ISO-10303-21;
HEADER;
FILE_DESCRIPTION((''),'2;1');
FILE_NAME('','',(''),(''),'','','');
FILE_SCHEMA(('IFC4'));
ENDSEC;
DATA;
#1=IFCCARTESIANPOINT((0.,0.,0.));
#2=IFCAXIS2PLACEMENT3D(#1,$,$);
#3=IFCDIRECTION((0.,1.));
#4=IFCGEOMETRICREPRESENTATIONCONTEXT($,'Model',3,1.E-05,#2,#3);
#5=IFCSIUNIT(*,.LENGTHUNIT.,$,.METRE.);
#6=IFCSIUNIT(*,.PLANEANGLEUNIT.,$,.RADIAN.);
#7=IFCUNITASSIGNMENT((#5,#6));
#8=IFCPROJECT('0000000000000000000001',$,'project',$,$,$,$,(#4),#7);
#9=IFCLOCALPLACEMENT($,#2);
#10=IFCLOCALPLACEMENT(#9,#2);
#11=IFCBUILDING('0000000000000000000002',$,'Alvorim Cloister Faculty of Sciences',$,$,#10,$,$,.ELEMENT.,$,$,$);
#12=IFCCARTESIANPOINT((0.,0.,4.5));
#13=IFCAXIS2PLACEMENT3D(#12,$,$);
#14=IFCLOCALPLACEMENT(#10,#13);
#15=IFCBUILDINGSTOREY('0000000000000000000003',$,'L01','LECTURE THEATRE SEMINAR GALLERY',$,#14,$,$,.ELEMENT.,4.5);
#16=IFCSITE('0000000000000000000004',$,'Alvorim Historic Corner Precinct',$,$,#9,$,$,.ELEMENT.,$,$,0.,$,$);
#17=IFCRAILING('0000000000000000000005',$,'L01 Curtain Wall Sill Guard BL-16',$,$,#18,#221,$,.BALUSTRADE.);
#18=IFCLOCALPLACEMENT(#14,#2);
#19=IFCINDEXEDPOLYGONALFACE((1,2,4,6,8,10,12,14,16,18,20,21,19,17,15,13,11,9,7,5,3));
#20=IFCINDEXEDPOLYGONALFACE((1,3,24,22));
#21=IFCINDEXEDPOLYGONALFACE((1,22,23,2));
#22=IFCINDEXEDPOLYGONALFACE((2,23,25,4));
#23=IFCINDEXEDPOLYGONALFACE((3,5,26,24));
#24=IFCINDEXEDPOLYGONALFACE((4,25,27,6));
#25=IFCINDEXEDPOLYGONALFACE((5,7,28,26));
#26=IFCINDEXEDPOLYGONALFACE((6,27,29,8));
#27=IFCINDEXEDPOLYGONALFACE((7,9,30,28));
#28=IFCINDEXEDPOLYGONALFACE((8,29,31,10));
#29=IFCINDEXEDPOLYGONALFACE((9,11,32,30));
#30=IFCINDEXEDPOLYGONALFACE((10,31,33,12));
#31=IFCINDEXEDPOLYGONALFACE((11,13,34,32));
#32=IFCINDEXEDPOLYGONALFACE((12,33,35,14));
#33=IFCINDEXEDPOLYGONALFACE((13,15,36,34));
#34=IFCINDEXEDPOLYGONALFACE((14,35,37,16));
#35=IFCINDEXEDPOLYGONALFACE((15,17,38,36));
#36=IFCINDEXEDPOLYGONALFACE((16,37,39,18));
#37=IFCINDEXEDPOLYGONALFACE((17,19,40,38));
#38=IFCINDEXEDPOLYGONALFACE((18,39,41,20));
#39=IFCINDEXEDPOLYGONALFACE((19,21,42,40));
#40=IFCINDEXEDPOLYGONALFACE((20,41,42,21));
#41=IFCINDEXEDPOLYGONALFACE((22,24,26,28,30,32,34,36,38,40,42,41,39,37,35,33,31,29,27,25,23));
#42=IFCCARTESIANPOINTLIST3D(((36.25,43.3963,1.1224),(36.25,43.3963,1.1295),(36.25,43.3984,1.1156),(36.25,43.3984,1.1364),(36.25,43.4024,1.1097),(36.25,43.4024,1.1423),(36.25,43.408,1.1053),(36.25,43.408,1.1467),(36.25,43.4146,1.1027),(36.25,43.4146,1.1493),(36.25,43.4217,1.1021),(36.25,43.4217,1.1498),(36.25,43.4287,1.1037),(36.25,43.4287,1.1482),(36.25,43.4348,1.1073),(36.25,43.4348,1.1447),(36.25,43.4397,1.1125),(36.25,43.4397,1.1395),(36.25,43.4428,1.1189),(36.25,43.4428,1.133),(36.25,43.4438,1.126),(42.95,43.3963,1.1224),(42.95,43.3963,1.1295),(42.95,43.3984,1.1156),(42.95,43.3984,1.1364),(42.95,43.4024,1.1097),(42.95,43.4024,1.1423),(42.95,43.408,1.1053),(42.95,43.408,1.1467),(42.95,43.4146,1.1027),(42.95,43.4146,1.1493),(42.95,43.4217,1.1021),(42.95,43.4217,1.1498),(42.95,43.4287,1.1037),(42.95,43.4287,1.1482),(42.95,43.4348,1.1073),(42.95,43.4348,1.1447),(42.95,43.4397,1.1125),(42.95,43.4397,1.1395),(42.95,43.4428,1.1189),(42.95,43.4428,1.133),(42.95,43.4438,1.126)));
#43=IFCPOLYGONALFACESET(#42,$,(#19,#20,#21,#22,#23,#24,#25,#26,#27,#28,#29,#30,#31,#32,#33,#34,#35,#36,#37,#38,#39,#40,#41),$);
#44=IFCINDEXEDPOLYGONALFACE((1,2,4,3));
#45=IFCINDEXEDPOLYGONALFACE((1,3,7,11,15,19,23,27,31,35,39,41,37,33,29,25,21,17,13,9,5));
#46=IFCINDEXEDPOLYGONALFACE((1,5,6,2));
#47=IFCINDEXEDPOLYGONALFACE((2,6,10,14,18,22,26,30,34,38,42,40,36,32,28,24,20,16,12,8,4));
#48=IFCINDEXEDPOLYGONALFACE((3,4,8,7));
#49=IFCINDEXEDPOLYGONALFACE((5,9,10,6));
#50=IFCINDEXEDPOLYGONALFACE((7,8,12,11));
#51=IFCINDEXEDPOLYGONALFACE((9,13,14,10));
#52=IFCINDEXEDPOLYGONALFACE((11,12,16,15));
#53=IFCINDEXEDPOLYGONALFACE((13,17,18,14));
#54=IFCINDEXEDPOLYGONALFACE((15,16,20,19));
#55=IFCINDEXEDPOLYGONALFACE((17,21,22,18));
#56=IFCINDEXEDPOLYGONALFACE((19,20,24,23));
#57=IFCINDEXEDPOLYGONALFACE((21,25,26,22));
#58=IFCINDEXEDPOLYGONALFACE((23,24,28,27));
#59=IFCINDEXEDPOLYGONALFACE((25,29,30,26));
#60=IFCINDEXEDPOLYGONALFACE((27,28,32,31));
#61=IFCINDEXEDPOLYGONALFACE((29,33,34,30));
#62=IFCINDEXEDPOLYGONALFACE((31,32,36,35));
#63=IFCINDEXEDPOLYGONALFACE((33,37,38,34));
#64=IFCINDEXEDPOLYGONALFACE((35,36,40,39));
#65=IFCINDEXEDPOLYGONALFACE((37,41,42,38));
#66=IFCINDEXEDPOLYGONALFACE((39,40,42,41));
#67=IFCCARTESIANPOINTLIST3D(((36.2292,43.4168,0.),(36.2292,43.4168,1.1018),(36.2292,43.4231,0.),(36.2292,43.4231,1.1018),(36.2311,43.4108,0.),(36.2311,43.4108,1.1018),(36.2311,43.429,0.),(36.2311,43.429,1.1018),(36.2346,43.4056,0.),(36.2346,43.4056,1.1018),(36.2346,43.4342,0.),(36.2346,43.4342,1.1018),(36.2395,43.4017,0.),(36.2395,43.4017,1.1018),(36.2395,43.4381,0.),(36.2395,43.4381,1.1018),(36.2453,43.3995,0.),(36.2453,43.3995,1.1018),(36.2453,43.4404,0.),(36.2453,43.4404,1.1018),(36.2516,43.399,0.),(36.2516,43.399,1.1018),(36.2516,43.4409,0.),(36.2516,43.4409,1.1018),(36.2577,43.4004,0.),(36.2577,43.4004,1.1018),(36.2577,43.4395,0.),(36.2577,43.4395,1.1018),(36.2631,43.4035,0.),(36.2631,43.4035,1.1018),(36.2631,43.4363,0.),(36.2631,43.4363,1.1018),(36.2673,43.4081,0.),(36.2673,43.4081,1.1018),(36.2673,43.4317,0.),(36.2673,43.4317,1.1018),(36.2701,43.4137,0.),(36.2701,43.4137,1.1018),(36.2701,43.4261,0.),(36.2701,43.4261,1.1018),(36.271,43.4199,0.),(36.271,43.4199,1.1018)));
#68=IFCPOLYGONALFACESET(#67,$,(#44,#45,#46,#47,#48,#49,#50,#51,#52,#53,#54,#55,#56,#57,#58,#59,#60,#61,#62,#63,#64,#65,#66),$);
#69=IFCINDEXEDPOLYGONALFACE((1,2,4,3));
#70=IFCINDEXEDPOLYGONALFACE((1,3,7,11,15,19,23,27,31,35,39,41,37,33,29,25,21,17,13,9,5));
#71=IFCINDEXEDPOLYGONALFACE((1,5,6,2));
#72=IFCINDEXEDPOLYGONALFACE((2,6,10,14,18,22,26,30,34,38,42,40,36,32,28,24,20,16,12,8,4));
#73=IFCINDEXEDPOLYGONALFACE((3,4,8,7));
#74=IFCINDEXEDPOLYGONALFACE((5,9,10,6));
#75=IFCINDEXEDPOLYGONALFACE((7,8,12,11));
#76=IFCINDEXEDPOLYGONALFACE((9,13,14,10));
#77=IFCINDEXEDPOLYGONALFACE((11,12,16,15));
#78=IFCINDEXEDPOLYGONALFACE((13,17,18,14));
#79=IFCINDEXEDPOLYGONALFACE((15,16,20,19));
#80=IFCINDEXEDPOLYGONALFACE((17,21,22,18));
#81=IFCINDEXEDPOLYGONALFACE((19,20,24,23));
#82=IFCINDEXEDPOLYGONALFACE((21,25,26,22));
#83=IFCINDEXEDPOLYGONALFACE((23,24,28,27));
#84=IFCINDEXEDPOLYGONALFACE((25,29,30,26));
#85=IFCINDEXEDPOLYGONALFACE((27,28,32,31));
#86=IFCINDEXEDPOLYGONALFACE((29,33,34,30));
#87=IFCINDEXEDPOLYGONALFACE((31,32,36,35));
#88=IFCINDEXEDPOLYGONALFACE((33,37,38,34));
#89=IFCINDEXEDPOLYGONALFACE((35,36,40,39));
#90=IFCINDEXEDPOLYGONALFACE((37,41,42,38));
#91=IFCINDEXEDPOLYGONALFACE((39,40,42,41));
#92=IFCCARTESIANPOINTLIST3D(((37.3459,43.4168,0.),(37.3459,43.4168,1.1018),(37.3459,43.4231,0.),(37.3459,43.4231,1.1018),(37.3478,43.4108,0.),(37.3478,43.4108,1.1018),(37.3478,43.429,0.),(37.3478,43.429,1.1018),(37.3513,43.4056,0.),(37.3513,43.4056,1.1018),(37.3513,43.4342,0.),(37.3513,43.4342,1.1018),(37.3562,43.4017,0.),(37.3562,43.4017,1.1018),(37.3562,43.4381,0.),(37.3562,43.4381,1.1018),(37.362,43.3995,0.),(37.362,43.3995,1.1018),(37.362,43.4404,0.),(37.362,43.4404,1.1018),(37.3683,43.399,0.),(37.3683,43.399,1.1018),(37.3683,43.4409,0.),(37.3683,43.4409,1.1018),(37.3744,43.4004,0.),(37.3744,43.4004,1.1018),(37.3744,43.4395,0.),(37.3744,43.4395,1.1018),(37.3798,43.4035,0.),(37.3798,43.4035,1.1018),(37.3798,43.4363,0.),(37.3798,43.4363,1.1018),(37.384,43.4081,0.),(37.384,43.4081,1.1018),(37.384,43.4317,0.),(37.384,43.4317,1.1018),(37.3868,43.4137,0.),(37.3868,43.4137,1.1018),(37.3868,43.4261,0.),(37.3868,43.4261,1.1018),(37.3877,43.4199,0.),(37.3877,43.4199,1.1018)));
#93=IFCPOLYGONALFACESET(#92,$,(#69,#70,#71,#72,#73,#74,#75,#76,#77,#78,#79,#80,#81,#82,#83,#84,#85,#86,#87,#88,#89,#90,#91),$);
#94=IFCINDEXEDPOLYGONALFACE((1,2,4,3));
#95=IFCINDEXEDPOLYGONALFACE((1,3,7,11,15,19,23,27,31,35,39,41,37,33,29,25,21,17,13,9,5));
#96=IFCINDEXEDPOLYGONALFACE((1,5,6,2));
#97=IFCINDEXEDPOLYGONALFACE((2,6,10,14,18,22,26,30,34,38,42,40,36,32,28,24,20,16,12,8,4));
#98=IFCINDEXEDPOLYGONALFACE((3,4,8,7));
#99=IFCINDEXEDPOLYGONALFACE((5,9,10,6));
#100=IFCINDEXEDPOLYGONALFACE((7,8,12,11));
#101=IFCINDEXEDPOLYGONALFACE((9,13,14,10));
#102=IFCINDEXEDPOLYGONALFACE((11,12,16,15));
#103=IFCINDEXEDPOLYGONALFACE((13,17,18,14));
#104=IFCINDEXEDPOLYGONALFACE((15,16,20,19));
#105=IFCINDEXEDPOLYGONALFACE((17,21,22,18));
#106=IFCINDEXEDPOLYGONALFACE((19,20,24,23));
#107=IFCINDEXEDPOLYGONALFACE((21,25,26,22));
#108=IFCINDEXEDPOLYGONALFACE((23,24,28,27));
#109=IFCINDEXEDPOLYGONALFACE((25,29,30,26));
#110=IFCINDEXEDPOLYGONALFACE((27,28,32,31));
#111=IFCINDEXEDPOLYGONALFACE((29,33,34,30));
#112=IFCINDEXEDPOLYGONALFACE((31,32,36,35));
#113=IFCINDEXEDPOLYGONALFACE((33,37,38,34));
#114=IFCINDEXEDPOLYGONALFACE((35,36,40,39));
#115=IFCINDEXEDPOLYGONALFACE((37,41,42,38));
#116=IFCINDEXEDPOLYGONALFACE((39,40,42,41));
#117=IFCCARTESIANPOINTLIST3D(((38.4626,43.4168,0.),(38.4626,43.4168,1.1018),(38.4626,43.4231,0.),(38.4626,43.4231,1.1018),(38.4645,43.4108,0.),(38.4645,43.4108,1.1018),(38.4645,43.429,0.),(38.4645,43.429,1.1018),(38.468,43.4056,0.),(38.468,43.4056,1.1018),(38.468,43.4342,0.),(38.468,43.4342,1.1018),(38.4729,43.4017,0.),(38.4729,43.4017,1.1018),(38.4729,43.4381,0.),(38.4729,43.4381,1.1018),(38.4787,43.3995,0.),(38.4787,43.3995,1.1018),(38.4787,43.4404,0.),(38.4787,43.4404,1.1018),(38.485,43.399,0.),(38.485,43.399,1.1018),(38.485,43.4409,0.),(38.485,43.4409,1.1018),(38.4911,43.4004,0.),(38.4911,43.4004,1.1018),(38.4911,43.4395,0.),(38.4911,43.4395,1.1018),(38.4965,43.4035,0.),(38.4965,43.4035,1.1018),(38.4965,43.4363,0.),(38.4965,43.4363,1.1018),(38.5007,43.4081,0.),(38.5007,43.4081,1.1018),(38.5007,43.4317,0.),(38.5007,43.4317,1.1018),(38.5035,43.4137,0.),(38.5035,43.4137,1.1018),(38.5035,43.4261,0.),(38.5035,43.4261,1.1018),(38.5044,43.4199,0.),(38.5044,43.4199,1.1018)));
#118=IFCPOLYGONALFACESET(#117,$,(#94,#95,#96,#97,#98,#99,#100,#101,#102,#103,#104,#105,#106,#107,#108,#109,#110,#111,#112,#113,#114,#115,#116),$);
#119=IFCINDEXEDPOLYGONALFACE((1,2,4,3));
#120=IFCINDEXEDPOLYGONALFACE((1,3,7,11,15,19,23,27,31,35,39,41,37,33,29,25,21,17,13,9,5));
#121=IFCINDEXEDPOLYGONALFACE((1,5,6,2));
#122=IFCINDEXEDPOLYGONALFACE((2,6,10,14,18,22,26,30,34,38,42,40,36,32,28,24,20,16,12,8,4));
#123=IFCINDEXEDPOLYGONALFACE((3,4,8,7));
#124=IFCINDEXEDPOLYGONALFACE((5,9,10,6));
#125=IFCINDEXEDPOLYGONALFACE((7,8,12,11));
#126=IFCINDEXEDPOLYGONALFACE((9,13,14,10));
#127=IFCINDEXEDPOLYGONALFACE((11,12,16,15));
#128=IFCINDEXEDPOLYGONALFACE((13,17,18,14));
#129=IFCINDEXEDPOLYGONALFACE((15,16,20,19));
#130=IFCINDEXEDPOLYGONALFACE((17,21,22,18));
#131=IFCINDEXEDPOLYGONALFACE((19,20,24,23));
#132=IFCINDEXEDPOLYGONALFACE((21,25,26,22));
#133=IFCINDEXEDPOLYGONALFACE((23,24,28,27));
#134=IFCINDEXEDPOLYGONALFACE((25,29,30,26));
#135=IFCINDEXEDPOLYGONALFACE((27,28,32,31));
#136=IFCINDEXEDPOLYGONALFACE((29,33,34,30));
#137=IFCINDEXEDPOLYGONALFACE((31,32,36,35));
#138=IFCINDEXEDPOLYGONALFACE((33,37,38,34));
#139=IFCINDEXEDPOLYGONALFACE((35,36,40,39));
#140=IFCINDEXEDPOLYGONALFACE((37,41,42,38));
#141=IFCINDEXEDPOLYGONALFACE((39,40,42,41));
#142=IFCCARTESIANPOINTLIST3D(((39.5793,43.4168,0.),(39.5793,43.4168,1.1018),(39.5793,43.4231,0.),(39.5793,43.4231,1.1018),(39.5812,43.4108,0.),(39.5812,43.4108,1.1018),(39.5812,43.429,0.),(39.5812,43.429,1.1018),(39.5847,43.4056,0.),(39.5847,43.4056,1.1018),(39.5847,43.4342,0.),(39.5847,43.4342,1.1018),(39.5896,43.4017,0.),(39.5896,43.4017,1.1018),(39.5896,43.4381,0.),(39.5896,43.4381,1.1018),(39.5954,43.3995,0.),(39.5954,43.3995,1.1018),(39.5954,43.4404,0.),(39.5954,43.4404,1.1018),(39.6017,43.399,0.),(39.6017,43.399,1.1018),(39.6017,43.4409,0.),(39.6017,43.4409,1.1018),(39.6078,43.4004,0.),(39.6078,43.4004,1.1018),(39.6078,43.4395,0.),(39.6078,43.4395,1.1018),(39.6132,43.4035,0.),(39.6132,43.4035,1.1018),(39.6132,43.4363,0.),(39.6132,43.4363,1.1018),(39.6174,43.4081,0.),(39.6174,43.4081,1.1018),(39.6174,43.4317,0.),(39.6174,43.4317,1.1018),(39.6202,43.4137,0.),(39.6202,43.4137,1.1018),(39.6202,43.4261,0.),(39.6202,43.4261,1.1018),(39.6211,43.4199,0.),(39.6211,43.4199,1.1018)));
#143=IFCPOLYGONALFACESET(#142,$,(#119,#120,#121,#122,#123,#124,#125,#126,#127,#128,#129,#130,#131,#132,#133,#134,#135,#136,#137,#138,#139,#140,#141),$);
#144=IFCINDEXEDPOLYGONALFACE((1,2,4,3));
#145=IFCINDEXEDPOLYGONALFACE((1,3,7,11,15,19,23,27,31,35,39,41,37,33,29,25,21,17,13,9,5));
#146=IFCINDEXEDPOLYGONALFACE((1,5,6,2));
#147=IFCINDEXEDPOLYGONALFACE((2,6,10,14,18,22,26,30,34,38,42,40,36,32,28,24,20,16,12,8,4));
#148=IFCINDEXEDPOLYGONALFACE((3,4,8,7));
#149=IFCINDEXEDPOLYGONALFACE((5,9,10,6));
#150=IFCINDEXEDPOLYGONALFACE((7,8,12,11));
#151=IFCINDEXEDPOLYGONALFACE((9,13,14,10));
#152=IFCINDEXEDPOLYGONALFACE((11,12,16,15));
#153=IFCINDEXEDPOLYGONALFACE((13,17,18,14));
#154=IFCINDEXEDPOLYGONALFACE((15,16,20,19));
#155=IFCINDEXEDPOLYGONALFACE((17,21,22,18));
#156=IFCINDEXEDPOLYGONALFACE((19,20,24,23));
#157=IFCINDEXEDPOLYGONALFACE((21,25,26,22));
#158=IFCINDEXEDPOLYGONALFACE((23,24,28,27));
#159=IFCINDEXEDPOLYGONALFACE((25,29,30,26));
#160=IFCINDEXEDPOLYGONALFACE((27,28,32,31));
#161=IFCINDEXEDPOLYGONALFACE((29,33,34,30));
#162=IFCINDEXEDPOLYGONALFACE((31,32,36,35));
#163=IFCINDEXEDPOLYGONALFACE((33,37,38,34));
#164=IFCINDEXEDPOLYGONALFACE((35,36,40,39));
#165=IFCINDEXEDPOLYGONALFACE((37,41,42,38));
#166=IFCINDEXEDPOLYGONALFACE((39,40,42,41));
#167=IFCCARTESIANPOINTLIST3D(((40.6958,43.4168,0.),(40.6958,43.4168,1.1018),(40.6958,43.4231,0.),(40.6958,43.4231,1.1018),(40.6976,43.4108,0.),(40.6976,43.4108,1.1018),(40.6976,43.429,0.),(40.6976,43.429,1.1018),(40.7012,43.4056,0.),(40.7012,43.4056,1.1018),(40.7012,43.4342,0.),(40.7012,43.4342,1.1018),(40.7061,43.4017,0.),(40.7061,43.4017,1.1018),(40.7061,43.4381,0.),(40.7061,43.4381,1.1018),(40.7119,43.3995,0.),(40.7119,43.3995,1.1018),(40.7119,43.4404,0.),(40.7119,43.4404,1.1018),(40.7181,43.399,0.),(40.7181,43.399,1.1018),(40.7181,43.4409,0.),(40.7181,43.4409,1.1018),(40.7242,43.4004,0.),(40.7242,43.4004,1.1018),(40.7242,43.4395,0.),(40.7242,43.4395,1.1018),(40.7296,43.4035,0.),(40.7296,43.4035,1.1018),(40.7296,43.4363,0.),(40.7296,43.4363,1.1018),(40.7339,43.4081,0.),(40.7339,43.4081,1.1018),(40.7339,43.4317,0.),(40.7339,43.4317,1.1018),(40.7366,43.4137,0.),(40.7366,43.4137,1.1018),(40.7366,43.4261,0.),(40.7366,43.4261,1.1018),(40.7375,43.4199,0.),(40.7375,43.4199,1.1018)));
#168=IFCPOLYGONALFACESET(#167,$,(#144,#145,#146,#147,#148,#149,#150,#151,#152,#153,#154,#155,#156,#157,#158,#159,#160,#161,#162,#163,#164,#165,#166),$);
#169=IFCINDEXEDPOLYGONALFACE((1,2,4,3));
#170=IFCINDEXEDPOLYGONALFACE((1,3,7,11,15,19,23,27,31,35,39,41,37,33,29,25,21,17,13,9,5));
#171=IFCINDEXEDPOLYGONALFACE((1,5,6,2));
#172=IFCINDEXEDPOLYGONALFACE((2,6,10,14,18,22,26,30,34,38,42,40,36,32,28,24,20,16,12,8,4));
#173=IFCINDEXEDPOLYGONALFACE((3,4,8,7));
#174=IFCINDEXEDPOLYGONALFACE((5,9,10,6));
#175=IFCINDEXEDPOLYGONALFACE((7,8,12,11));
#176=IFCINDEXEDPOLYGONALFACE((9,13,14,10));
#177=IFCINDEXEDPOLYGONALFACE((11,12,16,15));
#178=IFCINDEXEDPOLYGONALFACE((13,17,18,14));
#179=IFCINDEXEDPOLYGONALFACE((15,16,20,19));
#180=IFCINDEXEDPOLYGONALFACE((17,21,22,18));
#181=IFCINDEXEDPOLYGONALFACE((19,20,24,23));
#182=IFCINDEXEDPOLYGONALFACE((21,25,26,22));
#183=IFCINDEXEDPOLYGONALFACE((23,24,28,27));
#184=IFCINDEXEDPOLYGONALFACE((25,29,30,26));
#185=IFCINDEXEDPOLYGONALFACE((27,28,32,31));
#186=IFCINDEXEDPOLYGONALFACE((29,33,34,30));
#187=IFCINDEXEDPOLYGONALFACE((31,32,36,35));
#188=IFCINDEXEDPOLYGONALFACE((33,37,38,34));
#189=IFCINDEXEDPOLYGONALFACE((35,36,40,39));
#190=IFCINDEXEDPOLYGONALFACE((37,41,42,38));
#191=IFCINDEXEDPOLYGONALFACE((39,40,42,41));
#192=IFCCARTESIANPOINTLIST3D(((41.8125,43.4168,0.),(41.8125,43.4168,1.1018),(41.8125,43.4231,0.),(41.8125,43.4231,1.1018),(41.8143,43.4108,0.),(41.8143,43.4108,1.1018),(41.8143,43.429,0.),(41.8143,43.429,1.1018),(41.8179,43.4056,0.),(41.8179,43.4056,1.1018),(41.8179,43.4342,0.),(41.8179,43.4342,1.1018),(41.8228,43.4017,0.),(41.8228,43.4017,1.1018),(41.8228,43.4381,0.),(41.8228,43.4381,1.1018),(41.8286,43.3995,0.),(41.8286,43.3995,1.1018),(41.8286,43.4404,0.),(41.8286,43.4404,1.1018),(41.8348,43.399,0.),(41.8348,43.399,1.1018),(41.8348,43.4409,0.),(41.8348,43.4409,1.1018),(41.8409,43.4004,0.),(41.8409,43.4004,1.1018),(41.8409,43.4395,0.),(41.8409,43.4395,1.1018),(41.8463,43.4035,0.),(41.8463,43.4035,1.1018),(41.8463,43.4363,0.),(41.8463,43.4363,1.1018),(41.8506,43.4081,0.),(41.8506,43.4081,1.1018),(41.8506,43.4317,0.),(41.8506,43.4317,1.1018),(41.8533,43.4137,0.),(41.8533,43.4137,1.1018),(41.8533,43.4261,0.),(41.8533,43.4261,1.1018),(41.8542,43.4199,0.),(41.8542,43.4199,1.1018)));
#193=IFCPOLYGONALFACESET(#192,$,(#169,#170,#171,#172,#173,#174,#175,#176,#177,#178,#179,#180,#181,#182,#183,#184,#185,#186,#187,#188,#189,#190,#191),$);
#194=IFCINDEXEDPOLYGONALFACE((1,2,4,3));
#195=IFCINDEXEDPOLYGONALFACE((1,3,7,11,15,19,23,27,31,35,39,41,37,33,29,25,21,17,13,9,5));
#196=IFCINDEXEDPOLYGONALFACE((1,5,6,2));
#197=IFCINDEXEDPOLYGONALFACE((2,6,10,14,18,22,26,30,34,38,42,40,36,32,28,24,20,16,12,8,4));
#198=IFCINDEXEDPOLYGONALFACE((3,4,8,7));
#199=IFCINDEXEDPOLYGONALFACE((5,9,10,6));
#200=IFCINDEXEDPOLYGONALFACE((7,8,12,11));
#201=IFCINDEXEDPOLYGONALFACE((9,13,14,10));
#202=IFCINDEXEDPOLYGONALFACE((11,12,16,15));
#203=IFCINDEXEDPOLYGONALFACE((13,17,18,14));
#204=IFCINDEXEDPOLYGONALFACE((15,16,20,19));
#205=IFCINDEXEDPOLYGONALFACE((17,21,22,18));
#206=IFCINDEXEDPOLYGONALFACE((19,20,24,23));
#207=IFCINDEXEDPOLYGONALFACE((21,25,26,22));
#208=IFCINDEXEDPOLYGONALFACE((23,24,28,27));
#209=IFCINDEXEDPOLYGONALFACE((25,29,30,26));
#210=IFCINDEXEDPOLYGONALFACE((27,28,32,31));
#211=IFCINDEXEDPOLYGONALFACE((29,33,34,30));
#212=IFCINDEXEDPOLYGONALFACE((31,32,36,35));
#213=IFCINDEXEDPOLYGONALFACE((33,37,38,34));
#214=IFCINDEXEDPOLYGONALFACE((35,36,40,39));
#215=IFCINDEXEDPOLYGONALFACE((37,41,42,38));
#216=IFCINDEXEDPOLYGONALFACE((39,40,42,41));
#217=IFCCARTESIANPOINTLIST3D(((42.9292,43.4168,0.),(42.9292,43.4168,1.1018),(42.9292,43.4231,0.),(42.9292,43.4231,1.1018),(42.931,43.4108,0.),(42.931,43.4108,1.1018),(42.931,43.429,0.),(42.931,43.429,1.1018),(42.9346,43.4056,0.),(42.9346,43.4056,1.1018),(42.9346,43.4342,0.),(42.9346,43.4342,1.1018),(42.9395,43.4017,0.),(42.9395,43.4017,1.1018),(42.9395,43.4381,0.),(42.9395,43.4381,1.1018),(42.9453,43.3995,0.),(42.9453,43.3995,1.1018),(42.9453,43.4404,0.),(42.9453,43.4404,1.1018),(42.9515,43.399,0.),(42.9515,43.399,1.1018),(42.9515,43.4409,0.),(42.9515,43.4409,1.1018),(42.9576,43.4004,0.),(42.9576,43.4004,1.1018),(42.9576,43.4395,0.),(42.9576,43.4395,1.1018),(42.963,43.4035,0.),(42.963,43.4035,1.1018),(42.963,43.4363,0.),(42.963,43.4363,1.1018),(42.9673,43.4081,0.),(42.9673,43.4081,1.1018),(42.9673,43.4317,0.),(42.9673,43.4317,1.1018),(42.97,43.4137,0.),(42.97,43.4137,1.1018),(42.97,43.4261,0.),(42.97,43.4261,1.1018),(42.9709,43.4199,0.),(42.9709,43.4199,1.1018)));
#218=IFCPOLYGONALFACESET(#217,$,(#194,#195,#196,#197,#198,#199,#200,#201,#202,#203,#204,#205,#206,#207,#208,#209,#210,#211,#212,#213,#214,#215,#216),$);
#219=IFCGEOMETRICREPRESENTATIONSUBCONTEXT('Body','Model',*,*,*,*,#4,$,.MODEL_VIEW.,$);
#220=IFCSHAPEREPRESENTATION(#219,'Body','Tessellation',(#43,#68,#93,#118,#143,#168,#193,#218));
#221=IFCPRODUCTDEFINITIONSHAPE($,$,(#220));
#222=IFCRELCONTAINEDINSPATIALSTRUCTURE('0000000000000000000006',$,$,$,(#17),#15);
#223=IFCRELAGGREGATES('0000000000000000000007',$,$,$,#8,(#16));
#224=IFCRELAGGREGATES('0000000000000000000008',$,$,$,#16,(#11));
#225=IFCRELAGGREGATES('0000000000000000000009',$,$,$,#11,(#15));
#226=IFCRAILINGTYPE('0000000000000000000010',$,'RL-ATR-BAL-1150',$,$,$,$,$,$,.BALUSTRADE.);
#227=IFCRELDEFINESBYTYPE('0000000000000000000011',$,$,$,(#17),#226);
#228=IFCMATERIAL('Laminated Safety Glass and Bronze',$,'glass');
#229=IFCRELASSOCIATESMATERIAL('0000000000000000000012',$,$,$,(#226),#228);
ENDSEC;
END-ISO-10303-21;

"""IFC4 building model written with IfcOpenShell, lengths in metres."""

from ifc_helpers import new_model, si_unit, direction, frame, origin, origin_2d, place, context, subcontext, project, spatial, circle, extrude, material, type_object, element, save


model = new_model("IFC4")

# Units and contexts
model_context = context("Model", 3, precision=1e-05, world=origin(), true_north=direction((0.0, 1.0)))
body_context = subcontext(model_context, "Body", "Model", "MODEL_VIEW")
ifc_project = project(units=[si_unit("LENGTHUNIT", "METRE"), si_unit("PLANEANGLEUNIT", "RADIAN")], contexts=[model_context])

# Site, building, storey
site_placement = place(None, origin())
site = spatial("IfcSite", under=ifc_project, at=site_placement, Name="Alvorim Historic Corner Precinct", CompositionType="ELEMENT", RefElevation=0.0)
building_placement = place(site_placement, origin())
building = spatial("IfcBuilding", under=site, at=building_placement, Name="Alvorim Cloister Faculty of Sciences", CompositionType="ELEMENT")
storey_placement = place(building_placement, frame((0.0, 0.0, 4.5)))
storey = spatial("IfcBuildingStorey", under=building, at=storey_placement, Name="L01", Description="LECTURE THEATRE SEMINAR GALLERY", CompositionType="ELEMENT", Elevation=4.5)

# Railing
ifc_material_1 = material(Name="Laminated Safety Glass and Bronze", Category="glass")
railing_type = type_object("IfcRailingType", Name="RL-ATR-BAL-1150", PredefinedType="BALUSTRADE", material=ifc_material_1)
railing_placement = place(storey_placement, frame((36.25, 43.4199, 0.0)))
element("IfcRailing", 1, at=railing_placement, inside=storey, type_object=railing_type, Name="L01 Curtain Wall Sill Guard BL-16", PredefinedType="BALUSTRADE", context=body_context, shape_type="SweptSolid", body=[
    extrude(circle(Radius=0.0239, at=origin_2d()), frame((0.0, 0.0, 1.126), z_axis=(1.0, 0.0, 0.0), x_axis=(0.0, 1.0, 0.0)), (0.0, 0.0, 1.0), 6.7),
    extrude(circle(Radius=0.021, at=origin_2d()), origin(), (0.0, 0.0, 1.0), 1.1018),
    extrude(circle(Radius=0.021, at=origin_2d()), frame((1.1167, 0.0, 0.0)), (0.0, 0.0, 1.0), 1.1018),
    extrude(circle(Radius=0.021, at=origin_2d()), frame((2.2334, 0.0, 0.0)), (0.0, 0.0, 1.0), 1.1018),
    extrude(circle(Radius=0.021, at=origin_2d()), frame((3.3501, 0.0, 0.0)), (0.0, 0.0, 1.0), 1.1018),
    extrude(circle(Radius=0.021, at=origin_2d()), frame((4.4666, 0.0, 0.0)), (0.0, 0.0, 1.0), 1.1018),
    extrude(circle(Radius=0.021, at=origin_2d()), frame((5.5833, 0.0, 0.0)), (0.0, 0.0, 1.0), 1.1018),
    extrude(circle(Radius=0.021, at=origin_2d()), frame((6.7, 0.0, 0.0)), (0.0, 0.0, 1.0), 1.1018),
])

save(model, "model.ifc")
